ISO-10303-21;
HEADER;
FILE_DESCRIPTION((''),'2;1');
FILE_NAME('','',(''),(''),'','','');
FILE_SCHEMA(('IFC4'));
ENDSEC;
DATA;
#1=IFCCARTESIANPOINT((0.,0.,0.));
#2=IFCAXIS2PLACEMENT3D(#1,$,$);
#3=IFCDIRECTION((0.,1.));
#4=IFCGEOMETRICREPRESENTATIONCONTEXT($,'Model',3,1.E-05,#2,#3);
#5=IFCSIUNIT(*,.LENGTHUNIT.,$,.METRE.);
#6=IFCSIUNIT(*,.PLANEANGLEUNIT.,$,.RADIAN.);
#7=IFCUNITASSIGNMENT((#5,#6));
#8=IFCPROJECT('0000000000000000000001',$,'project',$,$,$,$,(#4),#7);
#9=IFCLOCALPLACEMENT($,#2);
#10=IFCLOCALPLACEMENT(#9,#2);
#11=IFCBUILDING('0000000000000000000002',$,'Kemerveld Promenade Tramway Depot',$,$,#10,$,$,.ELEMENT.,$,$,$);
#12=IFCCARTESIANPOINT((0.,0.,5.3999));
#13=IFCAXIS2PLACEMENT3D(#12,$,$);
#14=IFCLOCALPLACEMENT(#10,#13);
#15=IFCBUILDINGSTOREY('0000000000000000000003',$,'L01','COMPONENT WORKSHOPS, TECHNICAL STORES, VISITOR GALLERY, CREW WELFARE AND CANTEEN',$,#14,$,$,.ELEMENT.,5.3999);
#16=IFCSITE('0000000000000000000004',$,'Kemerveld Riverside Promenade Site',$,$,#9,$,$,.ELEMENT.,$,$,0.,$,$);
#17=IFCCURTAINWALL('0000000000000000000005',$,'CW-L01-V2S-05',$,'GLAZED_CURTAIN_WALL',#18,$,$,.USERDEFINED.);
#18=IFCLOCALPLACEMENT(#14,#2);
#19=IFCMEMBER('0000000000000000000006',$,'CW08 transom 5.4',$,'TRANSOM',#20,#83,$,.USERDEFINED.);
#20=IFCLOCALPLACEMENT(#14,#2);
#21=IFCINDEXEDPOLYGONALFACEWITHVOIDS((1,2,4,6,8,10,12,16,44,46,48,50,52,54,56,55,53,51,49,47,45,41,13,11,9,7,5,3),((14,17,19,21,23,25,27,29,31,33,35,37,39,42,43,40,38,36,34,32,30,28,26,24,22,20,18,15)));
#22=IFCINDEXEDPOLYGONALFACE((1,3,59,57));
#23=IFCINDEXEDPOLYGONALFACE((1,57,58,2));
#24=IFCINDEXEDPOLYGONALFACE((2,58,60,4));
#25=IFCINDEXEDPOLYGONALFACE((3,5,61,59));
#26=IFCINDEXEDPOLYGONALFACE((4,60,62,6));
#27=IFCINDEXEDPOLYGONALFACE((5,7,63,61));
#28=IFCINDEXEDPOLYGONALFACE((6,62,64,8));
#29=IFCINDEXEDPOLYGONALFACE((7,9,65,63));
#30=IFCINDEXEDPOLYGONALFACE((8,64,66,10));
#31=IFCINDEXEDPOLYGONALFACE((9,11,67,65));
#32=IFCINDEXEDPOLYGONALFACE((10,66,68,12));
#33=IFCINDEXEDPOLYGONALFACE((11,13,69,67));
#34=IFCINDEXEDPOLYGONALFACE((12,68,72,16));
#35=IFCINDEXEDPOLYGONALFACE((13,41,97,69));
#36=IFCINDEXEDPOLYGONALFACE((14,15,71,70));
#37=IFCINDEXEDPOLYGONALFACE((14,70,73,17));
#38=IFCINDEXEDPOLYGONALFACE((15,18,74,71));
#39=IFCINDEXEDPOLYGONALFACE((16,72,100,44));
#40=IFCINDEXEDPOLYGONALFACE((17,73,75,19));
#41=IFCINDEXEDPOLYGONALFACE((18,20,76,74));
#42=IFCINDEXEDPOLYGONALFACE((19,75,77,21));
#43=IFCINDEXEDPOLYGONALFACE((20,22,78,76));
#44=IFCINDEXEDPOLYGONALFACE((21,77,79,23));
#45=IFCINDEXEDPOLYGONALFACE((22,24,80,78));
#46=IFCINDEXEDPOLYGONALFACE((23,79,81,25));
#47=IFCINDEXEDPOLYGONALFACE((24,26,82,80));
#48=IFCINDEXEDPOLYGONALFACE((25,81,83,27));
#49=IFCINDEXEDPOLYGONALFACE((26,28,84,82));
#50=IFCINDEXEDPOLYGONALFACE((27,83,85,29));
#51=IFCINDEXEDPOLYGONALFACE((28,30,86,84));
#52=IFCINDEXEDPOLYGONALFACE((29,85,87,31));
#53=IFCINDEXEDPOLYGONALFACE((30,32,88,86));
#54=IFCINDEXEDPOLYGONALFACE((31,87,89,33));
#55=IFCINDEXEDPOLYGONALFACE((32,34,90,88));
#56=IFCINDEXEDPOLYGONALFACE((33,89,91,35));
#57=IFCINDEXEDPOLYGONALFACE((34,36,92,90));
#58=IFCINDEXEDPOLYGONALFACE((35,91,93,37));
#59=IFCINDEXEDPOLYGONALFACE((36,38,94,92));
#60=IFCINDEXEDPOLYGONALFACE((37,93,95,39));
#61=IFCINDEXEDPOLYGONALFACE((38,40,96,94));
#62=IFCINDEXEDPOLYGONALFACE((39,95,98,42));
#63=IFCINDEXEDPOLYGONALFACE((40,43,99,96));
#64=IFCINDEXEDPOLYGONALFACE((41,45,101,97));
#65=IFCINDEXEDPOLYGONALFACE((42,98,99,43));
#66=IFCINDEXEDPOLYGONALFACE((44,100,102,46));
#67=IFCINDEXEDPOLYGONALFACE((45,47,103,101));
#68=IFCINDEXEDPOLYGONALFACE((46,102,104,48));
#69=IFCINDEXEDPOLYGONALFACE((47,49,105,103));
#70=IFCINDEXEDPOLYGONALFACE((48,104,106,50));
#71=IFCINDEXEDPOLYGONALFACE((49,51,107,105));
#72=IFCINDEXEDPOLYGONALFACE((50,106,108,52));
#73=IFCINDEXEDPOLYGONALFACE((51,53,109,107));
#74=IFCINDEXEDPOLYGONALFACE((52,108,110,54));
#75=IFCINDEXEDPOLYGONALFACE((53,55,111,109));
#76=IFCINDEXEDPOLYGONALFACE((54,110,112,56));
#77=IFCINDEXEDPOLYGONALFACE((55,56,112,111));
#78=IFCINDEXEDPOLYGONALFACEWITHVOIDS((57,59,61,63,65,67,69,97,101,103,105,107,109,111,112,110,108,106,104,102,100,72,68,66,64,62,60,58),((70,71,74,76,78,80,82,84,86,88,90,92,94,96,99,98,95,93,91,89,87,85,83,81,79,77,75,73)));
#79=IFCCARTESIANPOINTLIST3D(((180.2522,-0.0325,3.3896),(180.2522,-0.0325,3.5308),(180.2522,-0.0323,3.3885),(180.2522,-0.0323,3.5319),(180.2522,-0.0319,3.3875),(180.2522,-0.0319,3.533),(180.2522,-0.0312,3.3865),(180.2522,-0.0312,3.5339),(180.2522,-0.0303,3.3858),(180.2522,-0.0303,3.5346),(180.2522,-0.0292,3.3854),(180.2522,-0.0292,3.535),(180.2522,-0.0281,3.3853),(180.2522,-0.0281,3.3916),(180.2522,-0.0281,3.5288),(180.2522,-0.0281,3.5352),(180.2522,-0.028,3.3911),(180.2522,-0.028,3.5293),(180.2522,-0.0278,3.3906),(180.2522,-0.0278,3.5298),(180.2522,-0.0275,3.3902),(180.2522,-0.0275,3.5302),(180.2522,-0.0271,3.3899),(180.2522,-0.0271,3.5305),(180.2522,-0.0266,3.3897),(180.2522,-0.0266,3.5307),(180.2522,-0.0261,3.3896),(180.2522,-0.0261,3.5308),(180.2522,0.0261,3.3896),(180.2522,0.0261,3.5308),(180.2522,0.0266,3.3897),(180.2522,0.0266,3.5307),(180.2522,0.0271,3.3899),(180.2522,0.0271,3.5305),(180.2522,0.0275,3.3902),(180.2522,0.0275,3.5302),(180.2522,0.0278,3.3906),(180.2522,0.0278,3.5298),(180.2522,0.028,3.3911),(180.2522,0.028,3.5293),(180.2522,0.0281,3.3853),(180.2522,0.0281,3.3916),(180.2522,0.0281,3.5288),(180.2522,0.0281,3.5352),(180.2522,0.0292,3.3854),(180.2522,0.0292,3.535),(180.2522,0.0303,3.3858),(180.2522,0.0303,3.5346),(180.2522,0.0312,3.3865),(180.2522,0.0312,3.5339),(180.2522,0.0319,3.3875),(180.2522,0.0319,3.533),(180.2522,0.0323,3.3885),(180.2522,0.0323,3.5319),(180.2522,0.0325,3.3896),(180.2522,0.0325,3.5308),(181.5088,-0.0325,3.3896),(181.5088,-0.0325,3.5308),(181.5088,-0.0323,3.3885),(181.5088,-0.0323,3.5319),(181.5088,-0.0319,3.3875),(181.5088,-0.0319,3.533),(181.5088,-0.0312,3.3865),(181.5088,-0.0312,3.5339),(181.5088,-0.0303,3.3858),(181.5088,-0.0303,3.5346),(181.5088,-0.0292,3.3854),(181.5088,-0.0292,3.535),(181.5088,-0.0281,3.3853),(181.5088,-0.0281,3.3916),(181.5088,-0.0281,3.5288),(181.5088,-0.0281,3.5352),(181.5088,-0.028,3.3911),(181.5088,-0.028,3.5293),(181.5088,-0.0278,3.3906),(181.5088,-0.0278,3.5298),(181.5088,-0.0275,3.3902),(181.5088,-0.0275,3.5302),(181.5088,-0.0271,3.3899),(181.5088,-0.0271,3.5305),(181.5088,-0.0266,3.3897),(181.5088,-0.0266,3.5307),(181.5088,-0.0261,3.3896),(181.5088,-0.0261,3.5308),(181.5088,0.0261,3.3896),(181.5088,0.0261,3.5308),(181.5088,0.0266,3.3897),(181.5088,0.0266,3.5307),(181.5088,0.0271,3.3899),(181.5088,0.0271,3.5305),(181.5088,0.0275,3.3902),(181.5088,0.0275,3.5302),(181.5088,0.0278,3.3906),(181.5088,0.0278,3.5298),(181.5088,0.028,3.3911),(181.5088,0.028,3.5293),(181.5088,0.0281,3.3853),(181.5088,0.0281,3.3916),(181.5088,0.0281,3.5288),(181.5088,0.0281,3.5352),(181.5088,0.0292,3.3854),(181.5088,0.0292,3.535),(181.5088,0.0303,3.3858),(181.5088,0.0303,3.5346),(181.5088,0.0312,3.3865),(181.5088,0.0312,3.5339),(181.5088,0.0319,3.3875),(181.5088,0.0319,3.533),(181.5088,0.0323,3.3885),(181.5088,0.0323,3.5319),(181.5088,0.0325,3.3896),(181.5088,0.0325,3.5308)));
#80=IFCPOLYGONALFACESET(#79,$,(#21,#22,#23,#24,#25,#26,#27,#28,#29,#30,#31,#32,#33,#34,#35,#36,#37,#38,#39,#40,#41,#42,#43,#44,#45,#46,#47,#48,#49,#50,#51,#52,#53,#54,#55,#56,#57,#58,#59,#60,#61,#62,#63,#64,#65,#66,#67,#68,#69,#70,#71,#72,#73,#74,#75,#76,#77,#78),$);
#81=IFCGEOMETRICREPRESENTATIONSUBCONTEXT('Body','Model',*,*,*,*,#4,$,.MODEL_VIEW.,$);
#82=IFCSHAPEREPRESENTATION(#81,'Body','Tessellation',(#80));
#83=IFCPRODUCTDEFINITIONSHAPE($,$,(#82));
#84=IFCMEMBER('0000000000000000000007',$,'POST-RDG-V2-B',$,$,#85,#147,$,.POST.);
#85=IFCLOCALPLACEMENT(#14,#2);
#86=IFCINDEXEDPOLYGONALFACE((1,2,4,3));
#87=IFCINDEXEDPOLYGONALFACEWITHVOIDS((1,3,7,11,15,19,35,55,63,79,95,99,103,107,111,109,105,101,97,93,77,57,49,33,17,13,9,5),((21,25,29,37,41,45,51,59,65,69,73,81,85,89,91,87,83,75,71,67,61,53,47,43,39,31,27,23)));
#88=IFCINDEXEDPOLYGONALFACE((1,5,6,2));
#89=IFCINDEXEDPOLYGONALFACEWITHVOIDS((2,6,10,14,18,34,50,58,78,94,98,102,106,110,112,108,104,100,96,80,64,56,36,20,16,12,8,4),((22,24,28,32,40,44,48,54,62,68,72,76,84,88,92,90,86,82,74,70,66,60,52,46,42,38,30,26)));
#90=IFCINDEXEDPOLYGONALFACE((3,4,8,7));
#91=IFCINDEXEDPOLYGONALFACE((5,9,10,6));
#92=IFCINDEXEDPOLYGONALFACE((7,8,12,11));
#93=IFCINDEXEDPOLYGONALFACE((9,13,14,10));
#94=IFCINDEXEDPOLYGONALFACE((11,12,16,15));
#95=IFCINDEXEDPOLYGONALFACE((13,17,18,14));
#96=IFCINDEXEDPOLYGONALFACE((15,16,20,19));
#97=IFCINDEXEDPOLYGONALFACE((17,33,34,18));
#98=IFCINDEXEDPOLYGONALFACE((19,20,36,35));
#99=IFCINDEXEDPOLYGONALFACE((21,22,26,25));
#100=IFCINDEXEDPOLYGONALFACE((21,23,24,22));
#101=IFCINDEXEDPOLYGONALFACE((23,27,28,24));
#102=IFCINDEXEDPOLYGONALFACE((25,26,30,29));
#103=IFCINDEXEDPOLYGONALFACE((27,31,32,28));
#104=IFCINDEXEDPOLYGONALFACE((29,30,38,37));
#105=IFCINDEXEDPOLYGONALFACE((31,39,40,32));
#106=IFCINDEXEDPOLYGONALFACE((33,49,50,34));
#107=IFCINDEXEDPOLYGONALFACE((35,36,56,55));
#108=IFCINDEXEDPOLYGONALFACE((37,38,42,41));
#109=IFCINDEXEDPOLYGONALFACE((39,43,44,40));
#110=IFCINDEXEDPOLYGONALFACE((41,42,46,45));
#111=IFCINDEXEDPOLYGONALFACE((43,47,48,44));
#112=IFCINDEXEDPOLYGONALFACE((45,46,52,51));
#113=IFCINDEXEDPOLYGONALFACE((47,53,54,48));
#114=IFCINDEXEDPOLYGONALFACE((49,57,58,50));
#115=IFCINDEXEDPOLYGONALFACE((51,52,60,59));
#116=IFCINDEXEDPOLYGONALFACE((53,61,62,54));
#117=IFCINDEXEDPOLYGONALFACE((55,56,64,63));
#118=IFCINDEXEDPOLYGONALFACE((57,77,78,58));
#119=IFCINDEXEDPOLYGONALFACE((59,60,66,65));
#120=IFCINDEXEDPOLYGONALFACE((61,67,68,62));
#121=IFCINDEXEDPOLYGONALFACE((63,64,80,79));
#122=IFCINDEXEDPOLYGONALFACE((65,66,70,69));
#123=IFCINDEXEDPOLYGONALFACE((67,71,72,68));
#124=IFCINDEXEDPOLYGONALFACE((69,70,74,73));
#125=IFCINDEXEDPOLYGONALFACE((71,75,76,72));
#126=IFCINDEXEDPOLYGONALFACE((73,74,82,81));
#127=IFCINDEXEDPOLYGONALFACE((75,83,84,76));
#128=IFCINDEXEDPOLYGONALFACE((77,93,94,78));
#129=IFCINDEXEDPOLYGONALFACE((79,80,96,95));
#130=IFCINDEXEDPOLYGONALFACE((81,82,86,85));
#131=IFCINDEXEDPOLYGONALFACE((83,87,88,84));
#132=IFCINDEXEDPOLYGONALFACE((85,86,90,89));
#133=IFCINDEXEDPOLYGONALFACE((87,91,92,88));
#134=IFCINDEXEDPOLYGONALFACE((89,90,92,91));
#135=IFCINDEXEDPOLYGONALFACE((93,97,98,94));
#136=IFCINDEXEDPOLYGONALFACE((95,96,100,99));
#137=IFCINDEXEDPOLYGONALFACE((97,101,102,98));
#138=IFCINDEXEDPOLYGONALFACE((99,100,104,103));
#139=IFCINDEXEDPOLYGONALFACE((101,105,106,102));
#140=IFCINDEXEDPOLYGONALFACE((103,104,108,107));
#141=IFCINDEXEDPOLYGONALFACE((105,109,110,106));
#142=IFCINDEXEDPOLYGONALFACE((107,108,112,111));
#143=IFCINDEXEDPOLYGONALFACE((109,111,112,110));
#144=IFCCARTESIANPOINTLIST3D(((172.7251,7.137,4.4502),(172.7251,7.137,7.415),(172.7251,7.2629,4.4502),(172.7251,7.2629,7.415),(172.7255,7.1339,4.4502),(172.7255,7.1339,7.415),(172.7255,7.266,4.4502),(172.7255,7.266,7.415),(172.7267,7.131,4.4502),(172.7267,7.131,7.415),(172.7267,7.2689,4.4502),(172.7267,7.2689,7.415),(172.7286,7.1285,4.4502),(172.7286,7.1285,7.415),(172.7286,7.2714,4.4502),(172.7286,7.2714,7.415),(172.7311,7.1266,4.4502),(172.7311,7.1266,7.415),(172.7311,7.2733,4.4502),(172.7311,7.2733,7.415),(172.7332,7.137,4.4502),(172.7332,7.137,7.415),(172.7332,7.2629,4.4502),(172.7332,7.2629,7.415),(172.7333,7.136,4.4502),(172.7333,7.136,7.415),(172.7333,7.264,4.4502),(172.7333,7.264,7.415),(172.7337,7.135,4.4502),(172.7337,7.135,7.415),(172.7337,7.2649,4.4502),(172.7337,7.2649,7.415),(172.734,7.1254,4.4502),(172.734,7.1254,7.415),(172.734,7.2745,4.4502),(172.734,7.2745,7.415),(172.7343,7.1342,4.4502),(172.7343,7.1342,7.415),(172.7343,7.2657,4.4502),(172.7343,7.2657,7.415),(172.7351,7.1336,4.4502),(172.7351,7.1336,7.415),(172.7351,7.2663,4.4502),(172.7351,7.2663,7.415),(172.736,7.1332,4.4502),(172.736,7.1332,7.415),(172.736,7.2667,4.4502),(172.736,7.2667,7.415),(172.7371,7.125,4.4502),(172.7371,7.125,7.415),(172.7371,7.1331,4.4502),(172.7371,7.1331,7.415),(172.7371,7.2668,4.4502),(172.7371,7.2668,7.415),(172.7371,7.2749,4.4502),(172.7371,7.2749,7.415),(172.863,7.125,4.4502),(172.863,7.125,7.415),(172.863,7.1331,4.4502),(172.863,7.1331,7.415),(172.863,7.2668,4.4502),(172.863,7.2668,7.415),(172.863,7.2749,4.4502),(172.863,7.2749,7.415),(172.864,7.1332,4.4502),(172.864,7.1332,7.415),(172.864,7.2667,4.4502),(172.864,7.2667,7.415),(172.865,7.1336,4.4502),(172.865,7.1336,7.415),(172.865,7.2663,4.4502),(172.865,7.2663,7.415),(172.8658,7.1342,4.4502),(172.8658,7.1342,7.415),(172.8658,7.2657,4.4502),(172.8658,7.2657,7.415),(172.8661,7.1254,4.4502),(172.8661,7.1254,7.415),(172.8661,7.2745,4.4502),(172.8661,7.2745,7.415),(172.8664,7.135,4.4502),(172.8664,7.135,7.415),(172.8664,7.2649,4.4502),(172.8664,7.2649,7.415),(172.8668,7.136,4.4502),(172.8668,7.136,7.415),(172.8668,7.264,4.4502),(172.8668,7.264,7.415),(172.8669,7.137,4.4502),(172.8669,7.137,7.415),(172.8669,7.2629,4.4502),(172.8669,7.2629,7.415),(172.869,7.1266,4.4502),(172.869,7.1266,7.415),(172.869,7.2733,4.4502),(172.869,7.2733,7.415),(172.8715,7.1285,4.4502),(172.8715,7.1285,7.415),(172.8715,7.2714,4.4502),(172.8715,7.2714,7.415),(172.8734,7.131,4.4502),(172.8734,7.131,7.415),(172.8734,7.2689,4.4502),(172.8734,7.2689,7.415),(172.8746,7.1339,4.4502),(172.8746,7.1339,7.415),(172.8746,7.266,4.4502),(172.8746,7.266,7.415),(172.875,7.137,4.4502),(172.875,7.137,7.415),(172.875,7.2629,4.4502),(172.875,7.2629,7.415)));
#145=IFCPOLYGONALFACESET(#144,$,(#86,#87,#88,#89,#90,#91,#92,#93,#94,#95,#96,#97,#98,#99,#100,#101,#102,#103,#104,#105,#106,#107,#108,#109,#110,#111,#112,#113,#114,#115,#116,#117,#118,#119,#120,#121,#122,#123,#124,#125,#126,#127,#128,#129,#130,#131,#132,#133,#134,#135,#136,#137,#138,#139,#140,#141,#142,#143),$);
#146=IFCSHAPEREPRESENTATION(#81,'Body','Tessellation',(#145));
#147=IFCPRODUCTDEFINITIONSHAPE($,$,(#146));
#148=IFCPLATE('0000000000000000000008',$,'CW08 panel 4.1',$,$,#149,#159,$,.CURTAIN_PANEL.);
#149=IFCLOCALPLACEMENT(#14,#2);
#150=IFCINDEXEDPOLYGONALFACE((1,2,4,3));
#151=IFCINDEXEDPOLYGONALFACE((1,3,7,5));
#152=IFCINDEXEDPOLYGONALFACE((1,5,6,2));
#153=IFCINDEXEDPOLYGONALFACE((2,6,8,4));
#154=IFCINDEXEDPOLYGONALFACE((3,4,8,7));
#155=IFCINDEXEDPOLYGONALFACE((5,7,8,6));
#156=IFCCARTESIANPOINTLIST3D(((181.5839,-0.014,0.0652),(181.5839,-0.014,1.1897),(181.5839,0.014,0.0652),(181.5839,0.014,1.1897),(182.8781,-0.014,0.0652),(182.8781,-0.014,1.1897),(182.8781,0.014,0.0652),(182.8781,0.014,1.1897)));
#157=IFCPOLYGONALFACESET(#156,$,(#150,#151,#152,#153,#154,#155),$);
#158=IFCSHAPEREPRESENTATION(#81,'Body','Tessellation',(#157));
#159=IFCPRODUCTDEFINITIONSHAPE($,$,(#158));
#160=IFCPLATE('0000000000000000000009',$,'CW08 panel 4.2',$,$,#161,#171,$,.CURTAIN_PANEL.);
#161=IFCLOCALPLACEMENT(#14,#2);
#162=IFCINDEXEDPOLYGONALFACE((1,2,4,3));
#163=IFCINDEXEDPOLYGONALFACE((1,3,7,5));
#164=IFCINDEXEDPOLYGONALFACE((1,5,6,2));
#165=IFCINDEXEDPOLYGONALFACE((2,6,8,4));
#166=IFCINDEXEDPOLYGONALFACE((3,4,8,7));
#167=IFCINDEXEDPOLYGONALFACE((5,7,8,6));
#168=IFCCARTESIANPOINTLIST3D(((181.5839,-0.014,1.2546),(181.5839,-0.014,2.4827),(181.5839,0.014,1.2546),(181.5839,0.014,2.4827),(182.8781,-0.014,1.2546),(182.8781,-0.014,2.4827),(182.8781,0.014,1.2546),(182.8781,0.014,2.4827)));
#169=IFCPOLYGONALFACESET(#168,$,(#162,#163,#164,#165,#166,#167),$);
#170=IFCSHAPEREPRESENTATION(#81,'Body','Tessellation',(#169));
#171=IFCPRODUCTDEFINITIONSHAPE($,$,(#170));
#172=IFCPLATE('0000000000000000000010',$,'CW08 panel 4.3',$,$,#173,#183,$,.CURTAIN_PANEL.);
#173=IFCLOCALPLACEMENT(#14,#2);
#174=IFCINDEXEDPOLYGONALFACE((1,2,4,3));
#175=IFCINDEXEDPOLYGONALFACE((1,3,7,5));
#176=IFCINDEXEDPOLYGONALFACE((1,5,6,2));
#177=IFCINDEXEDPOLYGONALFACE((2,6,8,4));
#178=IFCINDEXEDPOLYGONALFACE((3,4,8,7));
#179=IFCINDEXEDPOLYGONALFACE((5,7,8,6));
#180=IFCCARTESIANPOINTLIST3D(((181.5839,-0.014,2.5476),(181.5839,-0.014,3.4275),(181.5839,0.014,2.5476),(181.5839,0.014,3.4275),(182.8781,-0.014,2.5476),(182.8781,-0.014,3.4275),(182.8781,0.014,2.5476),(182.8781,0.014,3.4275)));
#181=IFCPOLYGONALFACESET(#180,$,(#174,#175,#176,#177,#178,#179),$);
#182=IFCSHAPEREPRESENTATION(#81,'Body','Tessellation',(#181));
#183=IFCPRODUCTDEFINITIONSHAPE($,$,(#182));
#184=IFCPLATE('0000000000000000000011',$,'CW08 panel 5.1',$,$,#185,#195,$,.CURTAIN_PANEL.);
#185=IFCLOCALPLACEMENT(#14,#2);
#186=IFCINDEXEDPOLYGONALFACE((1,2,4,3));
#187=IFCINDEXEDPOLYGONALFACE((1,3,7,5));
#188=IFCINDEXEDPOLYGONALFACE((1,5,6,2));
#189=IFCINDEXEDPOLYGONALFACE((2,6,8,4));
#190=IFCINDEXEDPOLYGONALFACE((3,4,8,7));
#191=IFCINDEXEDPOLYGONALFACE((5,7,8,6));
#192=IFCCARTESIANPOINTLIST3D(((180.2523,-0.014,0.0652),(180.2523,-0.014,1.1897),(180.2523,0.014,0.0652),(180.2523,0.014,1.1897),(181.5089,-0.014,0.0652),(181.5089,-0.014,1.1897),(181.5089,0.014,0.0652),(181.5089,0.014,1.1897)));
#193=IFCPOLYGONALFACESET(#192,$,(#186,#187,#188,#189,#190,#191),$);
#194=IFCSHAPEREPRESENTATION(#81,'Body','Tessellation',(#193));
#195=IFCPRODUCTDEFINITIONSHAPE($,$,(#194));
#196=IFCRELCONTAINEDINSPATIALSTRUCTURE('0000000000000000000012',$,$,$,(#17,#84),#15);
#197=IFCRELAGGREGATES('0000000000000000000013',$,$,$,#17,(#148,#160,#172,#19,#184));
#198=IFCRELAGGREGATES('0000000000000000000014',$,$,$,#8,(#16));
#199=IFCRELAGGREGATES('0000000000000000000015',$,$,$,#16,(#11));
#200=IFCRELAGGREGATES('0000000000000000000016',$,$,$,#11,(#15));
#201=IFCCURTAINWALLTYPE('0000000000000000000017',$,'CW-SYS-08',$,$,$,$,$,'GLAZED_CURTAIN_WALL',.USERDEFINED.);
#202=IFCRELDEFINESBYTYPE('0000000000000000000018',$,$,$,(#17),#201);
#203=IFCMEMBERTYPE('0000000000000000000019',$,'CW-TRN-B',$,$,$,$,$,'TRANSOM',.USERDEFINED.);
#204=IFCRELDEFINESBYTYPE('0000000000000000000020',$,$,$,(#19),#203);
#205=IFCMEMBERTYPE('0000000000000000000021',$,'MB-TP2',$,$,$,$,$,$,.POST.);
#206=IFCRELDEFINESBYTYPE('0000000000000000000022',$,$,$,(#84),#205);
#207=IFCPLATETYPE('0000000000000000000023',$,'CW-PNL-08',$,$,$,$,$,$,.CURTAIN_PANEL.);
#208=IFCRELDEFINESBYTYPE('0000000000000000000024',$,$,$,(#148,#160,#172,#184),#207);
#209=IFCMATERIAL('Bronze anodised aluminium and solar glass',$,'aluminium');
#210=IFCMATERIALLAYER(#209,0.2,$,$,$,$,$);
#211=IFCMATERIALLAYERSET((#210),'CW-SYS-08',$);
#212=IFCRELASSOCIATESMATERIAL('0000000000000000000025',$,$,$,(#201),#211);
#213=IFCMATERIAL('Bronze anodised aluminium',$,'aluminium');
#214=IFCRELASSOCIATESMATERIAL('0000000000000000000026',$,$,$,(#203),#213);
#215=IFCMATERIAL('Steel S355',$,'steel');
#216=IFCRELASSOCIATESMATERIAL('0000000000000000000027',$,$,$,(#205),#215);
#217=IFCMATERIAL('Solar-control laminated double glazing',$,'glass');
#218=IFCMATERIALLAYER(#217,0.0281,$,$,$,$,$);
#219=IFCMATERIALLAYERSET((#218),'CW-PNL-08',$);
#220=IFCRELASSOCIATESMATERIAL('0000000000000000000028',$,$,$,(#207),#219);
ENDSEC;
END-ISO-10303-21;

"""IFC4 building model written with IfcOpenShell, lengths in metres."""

from ifc_helpers import new_model, si_unit, direction, frame, origin, origin_2d, place, context, subcontext, project, spatial, rectangle, hollow_rectangle, extrude, material, layer, layer_set, material_profile, profile_set, type_object, element, aggregate, save


model = new_model("IFC4")

# Units and contexts
model_context = context("Model", 3, precision=1e-05, world=origin(), true_north=direction((0.0, 1.0)))
body_context = subcontext(model_context, "Body", "Model", "MODEL_VIEW")
ifc_project = project(units=[si_unit("LENGTHUNIT", "METRE"), si_unit("PLANEANGLEUNIT", "RADIAN")], contexts=[model_context])

# Site, building, storey
site_placement = place(None, origin())
site = spatial("IfcSite", under=ifc_project, at=site_placement, Name="Kemerveld Riverside Promenade Site", CompositionType="ELEMENT", RefElevation=0.0)
building_placement = place(site_placement, origin())
building = spatial("IfcBuilding", under=site, at=building_placement, Name="Kemerveld Promenade Tramway Depot", CompositionType="ELEMENT")
storey_placement = place(building_placement, frame((0.0, 0.0, 5.3999)))
storey = spatial("IfcBuildingStorey", under=building, at=storey_placement, Name="L01", Description="COMPONENT WORKSHOPS, TECHNICAL STORES, VISITOR GALLERY, CREW WELFARE AND CANTEEN", CompositionType="ELEMENT", Elevation=5.3999)

# Shared definitions
ifc_material_1 = material(Name="Steel S355", Category="steel")

# Curtain wall, member
ifc_material_2 = material(Name="Bronze anodised aluminium and solar glass", Category="aluminium")
ifc_layer_1 = layer(ifc_material_2, 0.2)
ifc_layer_set_1 = layer_set([ifc_layer_1], Name="CW-SYS-08")
curtain_wall_type = type_object("IfcCurtainWallType", Name="CW-SYS-08", ElementType="GLAZED_CURTAIN_WALL", PredefinedType="USERDEFINED", material=ifc_layer_set_1)
curtain_wall_placement = place(storey_placement, origin())
curtain_wall = element("IfcCurtainWall", 1, at=curtain_wall_placement, inside=storey, type_object=curtain_wall_type, Name="CW-L01-V2S-05", ObjectType="GLAZED_CURTAIN_WALL", PredefinedType="USERDEFINED")
ifc_material_3 = material(Name="Bronze anodised aluminium", Category="aluminium")
ifc_material_profile_1 = material_profile(ifc_material_3, hollow_rectangle(XDim=0.0649, YDim=0.1499, WallThickness=0.0044, InnerFilletRadius=0.002, OuterFilletRadius=0.0044, at=origin_2d()), Name="CW-TRN-150x65")
ifc_profile_set_1 = profile_set([ifc_material_profile_1], Name="Bronze anodised aluminium")
member_type_1 = type_object("IfcMemberType", Name="CW-TRN-B", ElementType="TRANSOM", PredefinedType="USERDEFINED", material=ifc_profile_set_1)
member_1_placement = place(storey_placement, frame((181.5088, 0.0, 3.4602), z_axis=(-1.0, 0.0, 0.0), x_axis=(0.0, -1.0, 0.0)))
member_1 = element("IfcMember", 2, at=member_1_placement, type_object=member_type_1, Name="CW08 transom 5.4", ObjectType="TRANSOM", PredefinedType="USERDEFINED", context=body_context, shape_type="SweptSolid", body=[
    extrude(hollow_rectangle(XDim=0.0649, YDim=0.1499, WallThickness=0.0044, InnerFilletRadius=0.002, OuterFilletRadius=0.0044, at=origin_2d()), origin(), (0.0, 0.0, 1.0), 1.2566),
])

# Member
ifc_material_profile_2 = material_profile(ifc_material_1, hollow_rectangle(XDim=0.1499, YDim=0.1499, WallThickness=0.0081, InnerFilletRadius=0.0039, OuterFilletRadius=0.012, at=origin_2d()), Name="150x150x8.0 SHS")
ifc_profile_set_2 = profile_set([ifc_material_profile_2], Name="Steel S355")
member_type_2 = type_object("IfcMemberType", Name="MB-TP2", PredefinedType="POST", material=ifc_profile_set_2)
member_2_placement = place(storey_placement, frame((172.8, 7.2, 4.4502), z_axis=(0.0, 0.0, 1.0), x_axis=(1.0, 0.0, 0.0)))
element("IfcMember", 3, at=member_2_placement, inside=storey, type_object=member_type_2, Name="POST-RDG-V2-B", PredefinedType="POST", context=body_context, shape_type="SweptSolid", body=[
    extrude(hollow_rectangle(XDim=0.1499, YDim=0.1499, WallThickness=0.0081, InnerFilletRadius=0.0039, OuterFilletRadius=0.012, at=origin_2d()), origin(), (0.0, 0.0, 1.0), 2.9648),
])

# Plates
ifc_material_4 = material(Name="Solar-control laminated double glazing", Category="glass")
ifc_layer_2 = layer(ifc_material_4, 0.0281)
ifc_layer_set_2 = layer_set([ifc_layer_2], Name="CW-PNL-08")
plate_type_1 = type_object("IfcPlateType", Name="CW-PNL-08", PredefinedType="CURTAIN_PANEL", material=ifc_layer_set_2)
plate_1_placement = place(storey_placement, frame((182.231, 0.0, 0.0652), z_axis=(0.0, 0.0, 1.0), x_axis=(-1.0, 0.0, 0.0)))
plate_1 = element("IfcPlate", 4, at=plate_1_placement, type_object=plate_type_1, Name="CW08 panel 4.1", PredefinedType="CURTAIN_PANEL", context=body_context, shape_type="SweptSolid", body=[
    extrude(rectangle(XDim=1.2942, YDim=0.0281, at=origin_2d()), origin(), (0.0, 0.0, 1.0), 1.1245),
])
plate_2_placement = place(storey_placement, frame((182.231, 0.0, 1.2546), z_axis=(0.0, 0.0, 1.0), x_axis=(-1.0, 0.0, 0.0)))
plate_2 = element("IfcPlate", 5, at=plate_2_placement, type_object=plate_type_1, Name="CW08 panel 4.2", PredefinedType="CURTAIN_PANEL", context=body_context, shape_type="SweptSolid", body=[
    extrude(rectangle(XDim=1.2942, YDim=0.0281, at=origin_2d()), origin(), (0.0, 0.0, 1.0), 1.228),
])
plate_3_placement = place(storey_placement, frame((182.231, 0.0, 2.5476), z_axis=(0.0, 0.0, 1.0), x_axis=(-1.0, 0.0, 0.0)))
plate_3 = element("IfcPlate", 6, at=plate_3_placement, type_object=plate_type_1, Name="CW08 panel 4.3", PredefinedType="CURTAIN_PANEL", context=body_context, shape_type="SweptSolid", body=[
    extrude(rectangle(XDim=1.2942, YDim=0.0281, at=origin_2d()), origin(), (0.0, 0.0, 1.0), 0.8799),
])
plate_4_placement = place(storey_placement, frame((180.8806, 0.0, 0.0652), z_axis=(0.0, 0.0, 1.0), x_axis=(-1.0, 0.0, 0.0)))
plate_4 = element("IfcPlate", 7, at=plate_4_placement, type_object=plate_type_1, Name="CW08 panel 5.1", PredefinedType="CURTAIN_PANEL", context=body_context, shape_type="SweptSolid", body=[
    extrude(rectangle(XDim=1.2566, YDim=0.0281, at=origin_2d()), origin(), (0.0, 0.0, 1.0), 1.1245),
])
aggregate(curtain_wall, [plate_1, plate_2, plate_3, member_1, plate_4])

save(model, "model.ifc")
